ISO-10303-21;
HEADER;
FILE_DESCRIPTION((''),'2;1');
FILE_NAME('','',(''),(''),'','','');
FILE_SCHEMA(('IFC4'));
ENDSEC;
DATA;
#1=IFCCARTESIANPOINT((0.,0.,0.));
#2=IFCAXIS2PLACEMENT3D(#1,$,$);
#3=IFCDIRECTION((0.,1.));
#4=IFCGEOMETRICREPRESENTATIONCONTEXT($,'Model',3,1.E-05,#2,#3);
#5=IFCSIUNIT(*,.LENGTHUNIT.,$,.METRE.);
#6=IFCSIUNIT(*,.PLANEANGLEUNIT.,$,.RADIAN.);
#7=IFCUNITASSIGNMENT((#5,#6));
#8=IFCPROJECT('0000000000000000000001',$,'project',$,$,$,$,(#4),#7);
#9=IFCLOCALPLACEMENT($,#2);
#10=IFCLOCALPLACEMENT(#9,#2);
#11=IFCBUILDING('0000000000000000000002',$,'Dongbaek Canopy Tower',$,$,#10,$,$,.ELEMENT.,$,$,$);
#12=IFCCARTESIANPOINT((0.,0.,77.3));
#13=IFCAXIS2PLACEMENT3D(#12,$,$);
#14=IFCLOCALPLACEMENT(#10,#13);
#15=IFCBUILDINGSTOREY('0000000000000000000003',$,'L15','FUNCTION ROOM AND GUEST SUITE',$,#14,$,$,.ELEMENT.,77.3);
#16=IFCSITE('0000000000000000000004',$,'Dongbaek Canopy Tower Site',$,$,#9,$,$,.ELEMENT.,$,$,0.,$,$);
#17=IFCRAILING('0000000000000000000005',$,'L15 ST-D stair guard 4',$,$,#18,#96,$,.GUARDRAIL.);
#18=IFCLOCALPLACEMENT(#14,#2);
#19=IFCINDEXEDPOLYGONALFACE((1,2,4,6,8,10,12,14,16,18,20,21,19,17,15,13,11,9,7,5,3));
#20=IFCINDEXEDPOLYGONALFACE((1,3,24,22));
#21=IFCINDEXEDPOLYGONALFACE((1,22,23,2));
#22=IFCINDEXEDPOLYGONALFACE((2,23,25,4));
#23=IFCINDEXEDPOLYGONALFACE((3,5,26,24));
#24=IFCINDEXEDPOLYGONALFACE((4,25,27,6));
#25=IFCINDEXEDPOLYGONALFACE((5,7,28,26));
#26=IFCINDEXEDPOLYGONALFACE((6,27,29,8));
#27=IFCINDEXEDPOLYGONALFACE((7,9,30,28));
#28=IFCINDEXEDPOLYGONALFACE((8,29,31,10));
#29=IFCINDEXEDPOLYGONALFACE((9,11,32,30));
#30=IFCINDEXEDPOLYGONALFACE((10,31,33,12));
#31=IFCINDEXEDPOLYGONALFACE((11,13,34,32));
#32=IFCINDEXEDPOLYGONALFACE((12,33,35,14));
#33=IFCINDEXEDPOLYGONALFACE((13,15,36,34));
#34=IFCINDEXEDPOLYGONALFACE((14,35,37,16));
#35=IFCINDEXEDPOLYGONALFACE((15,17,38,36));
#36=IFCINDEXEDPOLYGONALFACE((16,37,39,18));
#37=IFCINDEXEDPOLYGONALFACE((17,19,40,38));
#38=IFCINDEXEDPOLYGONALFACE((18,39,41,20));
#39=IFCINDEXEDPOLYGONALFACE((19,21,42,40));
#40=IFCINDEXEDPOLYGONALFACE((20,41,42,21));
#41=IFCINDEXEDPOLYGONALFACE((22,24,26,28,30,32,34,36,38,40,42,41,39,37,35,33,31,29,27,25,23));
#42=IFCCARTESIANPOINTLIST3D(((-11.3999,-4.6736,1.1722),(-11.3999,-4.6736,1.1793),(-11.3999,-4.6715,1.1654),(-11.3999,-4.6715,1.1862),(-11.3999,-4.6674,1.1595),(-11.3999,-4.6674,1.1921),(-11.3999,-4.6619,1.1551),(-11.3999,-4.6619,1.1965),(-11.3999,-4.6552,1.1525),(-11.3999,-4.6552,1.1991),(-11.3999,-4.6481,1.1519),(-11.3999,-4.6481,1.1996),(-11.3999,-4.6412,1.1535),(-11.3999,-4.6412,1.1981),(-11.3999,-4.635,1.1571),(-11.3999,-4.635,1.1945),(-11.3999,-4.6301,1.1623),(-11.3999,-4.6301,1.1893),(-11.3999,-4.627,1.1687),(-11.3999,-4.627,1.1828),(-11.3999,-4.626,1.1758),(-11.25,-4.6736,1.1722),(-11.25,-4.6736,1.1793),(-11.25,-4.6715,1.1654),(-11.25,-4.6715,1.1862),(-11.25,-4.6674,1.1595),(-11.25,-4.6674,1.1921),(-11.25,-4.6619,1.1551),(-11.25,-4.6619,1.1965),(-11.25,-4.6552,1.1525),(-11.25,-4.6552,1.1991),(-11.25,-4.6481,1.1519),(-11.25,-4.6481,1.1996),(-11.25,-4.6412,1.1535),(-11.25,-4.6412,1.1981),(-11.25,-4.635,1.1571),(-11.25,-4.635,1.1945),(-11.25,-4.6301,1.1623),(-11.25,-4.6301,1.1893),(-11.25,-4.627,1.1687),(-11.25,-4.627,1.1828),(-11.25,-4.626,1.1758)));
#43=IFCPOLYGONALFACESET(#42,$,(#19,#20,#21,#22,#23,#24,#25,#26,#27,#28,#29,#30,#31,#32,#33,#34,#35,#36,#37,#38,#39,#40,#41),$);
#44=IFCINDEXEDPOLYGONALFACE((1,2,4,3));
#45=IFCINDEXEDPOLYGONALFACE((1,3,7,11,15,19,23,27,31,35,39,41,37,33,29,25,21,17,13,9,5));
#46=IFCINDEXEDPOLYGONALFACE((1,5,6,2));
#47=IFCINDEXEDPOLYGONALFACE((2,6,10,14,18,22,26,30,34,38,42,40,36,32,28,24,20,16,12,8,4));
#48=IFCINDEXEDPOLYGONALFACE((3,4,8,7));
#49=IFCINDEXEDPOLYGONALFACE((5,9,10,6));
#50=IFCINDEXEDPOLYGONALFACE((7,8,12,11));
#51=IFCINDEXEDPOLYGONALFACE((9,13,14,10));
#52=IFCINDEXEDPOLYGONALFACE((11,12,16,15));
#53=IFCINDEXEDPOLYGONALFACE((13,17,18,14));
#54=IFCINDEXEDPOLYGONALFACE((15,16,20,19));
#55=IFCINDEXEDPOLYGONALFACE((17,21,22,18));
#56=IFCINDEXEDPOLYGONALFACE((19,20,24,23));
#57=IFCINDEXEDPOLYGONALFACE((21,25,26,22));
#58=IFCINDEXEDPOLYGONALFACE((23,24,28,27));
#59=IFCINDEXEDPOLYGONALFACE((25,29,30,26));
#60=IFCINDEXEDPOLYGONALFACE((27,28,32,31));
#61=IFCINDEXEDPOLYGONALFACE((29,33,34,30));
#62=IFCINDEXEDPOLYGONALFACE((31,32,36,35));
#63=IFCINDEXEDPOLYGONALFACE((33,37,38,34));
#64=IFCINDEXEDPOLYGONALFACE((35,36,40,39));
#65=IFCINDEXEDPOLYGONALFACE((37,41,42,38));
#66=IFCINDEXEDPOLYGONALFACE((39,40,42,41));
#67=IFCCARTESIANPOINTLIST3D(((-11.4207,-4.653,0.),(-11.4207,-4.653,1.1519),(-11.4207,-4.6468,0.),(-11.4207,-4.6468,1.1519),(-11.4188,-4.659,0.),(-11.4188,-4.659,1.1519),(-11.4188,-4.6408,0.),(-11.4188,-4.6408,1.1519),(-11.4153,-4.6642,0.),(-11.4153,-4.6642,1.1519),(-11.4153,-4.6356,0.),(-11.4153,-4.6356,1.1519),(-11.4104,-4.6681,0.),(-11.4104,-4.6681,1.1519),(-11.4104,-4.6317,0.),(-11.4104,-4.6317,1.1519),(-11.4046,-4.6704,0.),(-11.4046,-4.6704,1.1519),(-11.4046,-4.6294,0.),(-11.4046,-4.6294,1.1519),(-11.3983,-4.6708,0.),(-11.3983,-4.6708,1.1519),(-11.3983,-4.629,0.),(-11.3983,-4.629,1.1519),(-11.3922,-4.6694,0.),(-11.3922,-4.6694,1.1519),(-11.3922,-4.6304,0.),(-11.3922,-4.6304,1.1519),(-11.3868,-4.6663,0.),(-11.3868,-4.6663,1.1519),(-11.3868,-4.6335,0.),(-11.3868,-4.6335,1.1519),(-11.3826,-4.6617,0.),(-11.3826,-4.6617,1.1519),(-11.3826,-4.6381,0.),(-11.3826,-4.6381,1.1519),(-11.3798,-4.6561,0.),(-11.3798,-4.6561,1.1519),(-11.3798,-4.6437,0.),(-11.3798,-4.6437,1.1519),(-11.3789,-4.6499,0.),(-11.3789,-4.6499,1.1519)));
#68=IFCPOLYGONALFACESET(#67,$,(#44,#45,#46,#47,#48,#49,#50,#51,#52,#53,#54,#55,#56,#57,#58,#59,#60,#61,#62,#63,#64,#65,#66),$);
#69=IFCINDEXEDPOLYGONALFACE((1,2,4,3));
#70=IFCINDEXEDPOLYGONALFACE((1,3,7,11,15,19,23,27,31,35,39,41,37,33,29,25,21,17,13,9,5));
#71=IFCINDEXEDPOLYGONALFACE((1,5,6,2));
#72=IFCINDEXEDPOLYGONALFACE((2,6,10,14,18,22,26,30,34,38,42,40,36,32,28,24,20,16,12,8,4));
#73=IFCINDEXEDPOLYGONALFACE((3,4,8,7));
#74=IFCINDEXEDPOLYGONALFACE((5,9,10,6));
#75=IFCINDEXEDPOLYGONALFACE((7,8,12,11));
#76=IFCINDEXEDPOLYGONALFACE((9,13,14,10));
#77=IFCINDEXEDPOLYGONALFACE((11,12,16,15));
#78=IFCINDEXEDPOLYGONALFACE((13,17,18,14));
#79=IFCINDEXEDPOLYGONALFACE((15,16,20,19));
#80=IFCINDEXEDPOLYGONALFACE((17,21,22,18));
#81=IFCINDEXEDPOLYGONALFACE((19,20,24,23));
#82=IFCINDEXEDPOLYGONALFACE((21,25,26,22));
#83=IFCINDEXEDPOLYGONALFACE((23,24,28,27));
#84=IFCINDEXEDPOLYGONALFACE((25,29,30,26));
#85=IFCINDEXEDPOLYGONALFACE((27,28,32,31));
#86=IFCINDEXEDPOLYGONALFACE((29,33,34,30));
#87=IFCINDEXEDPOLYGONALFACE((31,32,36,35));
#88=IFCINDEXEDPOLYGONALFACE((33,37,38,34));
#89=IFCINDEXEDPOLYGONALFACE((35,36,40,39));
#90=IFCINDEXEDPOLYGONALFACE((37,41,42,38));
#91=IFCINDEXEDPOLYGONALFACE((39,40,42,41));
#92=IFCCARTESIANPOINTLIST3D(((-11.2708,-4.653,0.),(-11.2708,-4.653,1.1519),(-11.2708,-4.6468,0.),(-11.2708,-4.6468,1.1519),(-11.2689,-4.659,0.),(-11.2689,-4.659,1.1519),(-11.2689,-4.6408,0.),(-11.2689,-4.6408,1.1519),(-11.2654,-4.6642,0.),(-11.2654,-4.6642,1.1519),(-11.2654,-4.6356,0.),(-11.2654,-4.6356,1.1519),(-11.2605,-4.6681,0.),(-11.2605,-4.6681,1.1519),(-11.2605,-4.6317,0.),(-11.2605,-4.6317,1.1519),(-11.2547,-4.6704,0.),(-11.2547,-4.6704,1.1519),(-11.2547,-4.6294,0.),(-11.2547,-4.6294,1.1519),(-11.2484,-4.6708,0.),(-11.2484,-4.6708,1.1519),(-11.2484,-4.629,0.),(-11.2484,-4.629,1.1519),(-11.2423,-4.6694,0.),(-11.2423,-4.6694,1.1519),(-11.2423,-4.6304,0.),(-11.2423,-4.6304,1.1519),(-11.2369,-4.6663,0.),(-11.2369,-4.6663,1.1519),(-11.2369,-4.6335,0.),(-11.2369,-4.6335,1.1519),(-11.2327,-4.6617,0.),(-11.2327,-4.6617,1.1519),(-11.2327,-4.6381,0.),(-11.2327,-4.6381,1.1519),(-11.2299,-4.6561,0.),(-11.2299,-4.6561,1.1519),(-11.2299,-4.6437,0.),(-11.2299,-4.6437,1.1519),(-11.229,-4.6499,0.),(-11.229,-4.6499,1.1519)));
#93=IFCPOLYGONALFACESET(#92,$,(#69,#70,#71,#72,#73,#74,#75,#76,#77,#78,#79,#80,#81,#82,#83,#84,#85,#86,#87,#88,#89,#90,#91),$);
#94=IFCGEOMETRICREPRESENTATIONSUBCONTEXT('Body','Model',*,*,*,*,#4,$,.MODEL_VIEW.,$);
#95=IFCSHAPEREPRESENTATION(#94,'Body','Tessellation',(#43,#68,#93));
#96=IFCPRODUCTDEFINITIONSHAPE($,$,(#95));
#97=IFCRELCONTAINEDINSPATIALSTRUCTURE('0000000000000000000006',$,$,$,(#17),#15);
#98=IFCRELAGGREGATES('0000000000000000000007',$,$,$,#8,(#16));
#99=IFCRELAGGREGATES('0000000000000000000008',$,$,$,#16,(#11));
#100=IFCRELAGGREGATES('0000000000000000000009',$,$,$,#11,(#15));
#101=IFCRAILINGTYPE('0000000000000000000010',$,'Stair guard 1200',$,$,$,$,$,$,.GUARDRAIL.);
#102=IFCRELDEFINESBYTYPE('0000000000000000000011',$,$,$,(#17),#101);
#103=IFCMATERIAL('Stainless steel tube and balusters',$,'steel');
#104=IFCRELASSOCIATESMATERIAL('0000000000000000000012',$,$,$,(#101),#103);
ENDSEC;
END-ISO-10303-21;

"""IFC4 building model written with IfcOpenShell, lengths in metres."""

from ifc_helpers import new_model, si_unit, direction, frame, origin, origin_2d, place, context, subcontext, project, spatial, circle, extrude, material, type_object, element, save


model = new_model("IFC4")

# Units and contexts
model_context = context("Model", 3, precision=1e-05, world=origin(), true_north=direction((0.0, 1.0)))
body_context = subcontext(model_context, "Body", "Model", "MODEL_VIEW")
ifc_project = project(units=[si_unit("LENGTHUNIT", "METRE"), si_unit("PLANEANGLEUNIT", "RADIAN")], contexts=[model_context])

# Site, building, storey
site_placement = place(None, origin())
site = spatial("IfcSite", under=ifc_project, at=site_placement, Name="Dongbaek Canopy Tower Site", CompositionType="ELEMENT", RefElevation=0.0)
building_placement = place(site_placement, origin())
building = spatial("IfcBuilding", under=site, at=building_placement, Name="Dongbaek Canopy Tower", CompositionType="ELEMENT")
storey_placement = place(building_placement, frame((0.0, 0.0, 77.3)))
storey = spatial("IfcBuildingStorey", under=building, at=storey_placement, Name="L15", Description="FUNCTION ROOM AND GUEST SUITE", CompositionType="ELEMENT", Elevation=77.3)

# Railing
ifc_material_1 = material(Name="Stainless steel tube and balusters", Category="steel")
railing_type_1 = type_object("IfcRailingType", Name="Stair guard 1200", PredefinedType="GUARDRAIL", material=ifc_material_1)
railing_1_placement = place(storey_placement, frame((-11.3999, -4.6499, 0.0)))
element("IfcRailing", 1, at=railing_1_placement, inside=storey, type_object=railing_type_1, Name="L15 ST-D stair guard 4", PredefinedType="GUARDRAIL", context=body_context, shape_type="SweptSolid", body=[
    extrude(circle(Radius=0.0239, at=origin_2d()), frame((0.0, 0.0, 1.1758), z_axis=(1.0, 0.0, 0.0), x_axis=(0.0, 1.0, 0.0)), (0.0, 0.0, 1.0), 0.1499),
    extrude(circle(Radius=0.021, at=origin_2d()), origin(), (0.0, 0.0, 1.0), 1.1519),
    extrude(circle(Radius=0.021, at=origin_2d()), frame((0.1499, 0.0, 0.0)), (0.0, 0.0, 1.0), 1.1519),
])

save(model, "model.ifc")
